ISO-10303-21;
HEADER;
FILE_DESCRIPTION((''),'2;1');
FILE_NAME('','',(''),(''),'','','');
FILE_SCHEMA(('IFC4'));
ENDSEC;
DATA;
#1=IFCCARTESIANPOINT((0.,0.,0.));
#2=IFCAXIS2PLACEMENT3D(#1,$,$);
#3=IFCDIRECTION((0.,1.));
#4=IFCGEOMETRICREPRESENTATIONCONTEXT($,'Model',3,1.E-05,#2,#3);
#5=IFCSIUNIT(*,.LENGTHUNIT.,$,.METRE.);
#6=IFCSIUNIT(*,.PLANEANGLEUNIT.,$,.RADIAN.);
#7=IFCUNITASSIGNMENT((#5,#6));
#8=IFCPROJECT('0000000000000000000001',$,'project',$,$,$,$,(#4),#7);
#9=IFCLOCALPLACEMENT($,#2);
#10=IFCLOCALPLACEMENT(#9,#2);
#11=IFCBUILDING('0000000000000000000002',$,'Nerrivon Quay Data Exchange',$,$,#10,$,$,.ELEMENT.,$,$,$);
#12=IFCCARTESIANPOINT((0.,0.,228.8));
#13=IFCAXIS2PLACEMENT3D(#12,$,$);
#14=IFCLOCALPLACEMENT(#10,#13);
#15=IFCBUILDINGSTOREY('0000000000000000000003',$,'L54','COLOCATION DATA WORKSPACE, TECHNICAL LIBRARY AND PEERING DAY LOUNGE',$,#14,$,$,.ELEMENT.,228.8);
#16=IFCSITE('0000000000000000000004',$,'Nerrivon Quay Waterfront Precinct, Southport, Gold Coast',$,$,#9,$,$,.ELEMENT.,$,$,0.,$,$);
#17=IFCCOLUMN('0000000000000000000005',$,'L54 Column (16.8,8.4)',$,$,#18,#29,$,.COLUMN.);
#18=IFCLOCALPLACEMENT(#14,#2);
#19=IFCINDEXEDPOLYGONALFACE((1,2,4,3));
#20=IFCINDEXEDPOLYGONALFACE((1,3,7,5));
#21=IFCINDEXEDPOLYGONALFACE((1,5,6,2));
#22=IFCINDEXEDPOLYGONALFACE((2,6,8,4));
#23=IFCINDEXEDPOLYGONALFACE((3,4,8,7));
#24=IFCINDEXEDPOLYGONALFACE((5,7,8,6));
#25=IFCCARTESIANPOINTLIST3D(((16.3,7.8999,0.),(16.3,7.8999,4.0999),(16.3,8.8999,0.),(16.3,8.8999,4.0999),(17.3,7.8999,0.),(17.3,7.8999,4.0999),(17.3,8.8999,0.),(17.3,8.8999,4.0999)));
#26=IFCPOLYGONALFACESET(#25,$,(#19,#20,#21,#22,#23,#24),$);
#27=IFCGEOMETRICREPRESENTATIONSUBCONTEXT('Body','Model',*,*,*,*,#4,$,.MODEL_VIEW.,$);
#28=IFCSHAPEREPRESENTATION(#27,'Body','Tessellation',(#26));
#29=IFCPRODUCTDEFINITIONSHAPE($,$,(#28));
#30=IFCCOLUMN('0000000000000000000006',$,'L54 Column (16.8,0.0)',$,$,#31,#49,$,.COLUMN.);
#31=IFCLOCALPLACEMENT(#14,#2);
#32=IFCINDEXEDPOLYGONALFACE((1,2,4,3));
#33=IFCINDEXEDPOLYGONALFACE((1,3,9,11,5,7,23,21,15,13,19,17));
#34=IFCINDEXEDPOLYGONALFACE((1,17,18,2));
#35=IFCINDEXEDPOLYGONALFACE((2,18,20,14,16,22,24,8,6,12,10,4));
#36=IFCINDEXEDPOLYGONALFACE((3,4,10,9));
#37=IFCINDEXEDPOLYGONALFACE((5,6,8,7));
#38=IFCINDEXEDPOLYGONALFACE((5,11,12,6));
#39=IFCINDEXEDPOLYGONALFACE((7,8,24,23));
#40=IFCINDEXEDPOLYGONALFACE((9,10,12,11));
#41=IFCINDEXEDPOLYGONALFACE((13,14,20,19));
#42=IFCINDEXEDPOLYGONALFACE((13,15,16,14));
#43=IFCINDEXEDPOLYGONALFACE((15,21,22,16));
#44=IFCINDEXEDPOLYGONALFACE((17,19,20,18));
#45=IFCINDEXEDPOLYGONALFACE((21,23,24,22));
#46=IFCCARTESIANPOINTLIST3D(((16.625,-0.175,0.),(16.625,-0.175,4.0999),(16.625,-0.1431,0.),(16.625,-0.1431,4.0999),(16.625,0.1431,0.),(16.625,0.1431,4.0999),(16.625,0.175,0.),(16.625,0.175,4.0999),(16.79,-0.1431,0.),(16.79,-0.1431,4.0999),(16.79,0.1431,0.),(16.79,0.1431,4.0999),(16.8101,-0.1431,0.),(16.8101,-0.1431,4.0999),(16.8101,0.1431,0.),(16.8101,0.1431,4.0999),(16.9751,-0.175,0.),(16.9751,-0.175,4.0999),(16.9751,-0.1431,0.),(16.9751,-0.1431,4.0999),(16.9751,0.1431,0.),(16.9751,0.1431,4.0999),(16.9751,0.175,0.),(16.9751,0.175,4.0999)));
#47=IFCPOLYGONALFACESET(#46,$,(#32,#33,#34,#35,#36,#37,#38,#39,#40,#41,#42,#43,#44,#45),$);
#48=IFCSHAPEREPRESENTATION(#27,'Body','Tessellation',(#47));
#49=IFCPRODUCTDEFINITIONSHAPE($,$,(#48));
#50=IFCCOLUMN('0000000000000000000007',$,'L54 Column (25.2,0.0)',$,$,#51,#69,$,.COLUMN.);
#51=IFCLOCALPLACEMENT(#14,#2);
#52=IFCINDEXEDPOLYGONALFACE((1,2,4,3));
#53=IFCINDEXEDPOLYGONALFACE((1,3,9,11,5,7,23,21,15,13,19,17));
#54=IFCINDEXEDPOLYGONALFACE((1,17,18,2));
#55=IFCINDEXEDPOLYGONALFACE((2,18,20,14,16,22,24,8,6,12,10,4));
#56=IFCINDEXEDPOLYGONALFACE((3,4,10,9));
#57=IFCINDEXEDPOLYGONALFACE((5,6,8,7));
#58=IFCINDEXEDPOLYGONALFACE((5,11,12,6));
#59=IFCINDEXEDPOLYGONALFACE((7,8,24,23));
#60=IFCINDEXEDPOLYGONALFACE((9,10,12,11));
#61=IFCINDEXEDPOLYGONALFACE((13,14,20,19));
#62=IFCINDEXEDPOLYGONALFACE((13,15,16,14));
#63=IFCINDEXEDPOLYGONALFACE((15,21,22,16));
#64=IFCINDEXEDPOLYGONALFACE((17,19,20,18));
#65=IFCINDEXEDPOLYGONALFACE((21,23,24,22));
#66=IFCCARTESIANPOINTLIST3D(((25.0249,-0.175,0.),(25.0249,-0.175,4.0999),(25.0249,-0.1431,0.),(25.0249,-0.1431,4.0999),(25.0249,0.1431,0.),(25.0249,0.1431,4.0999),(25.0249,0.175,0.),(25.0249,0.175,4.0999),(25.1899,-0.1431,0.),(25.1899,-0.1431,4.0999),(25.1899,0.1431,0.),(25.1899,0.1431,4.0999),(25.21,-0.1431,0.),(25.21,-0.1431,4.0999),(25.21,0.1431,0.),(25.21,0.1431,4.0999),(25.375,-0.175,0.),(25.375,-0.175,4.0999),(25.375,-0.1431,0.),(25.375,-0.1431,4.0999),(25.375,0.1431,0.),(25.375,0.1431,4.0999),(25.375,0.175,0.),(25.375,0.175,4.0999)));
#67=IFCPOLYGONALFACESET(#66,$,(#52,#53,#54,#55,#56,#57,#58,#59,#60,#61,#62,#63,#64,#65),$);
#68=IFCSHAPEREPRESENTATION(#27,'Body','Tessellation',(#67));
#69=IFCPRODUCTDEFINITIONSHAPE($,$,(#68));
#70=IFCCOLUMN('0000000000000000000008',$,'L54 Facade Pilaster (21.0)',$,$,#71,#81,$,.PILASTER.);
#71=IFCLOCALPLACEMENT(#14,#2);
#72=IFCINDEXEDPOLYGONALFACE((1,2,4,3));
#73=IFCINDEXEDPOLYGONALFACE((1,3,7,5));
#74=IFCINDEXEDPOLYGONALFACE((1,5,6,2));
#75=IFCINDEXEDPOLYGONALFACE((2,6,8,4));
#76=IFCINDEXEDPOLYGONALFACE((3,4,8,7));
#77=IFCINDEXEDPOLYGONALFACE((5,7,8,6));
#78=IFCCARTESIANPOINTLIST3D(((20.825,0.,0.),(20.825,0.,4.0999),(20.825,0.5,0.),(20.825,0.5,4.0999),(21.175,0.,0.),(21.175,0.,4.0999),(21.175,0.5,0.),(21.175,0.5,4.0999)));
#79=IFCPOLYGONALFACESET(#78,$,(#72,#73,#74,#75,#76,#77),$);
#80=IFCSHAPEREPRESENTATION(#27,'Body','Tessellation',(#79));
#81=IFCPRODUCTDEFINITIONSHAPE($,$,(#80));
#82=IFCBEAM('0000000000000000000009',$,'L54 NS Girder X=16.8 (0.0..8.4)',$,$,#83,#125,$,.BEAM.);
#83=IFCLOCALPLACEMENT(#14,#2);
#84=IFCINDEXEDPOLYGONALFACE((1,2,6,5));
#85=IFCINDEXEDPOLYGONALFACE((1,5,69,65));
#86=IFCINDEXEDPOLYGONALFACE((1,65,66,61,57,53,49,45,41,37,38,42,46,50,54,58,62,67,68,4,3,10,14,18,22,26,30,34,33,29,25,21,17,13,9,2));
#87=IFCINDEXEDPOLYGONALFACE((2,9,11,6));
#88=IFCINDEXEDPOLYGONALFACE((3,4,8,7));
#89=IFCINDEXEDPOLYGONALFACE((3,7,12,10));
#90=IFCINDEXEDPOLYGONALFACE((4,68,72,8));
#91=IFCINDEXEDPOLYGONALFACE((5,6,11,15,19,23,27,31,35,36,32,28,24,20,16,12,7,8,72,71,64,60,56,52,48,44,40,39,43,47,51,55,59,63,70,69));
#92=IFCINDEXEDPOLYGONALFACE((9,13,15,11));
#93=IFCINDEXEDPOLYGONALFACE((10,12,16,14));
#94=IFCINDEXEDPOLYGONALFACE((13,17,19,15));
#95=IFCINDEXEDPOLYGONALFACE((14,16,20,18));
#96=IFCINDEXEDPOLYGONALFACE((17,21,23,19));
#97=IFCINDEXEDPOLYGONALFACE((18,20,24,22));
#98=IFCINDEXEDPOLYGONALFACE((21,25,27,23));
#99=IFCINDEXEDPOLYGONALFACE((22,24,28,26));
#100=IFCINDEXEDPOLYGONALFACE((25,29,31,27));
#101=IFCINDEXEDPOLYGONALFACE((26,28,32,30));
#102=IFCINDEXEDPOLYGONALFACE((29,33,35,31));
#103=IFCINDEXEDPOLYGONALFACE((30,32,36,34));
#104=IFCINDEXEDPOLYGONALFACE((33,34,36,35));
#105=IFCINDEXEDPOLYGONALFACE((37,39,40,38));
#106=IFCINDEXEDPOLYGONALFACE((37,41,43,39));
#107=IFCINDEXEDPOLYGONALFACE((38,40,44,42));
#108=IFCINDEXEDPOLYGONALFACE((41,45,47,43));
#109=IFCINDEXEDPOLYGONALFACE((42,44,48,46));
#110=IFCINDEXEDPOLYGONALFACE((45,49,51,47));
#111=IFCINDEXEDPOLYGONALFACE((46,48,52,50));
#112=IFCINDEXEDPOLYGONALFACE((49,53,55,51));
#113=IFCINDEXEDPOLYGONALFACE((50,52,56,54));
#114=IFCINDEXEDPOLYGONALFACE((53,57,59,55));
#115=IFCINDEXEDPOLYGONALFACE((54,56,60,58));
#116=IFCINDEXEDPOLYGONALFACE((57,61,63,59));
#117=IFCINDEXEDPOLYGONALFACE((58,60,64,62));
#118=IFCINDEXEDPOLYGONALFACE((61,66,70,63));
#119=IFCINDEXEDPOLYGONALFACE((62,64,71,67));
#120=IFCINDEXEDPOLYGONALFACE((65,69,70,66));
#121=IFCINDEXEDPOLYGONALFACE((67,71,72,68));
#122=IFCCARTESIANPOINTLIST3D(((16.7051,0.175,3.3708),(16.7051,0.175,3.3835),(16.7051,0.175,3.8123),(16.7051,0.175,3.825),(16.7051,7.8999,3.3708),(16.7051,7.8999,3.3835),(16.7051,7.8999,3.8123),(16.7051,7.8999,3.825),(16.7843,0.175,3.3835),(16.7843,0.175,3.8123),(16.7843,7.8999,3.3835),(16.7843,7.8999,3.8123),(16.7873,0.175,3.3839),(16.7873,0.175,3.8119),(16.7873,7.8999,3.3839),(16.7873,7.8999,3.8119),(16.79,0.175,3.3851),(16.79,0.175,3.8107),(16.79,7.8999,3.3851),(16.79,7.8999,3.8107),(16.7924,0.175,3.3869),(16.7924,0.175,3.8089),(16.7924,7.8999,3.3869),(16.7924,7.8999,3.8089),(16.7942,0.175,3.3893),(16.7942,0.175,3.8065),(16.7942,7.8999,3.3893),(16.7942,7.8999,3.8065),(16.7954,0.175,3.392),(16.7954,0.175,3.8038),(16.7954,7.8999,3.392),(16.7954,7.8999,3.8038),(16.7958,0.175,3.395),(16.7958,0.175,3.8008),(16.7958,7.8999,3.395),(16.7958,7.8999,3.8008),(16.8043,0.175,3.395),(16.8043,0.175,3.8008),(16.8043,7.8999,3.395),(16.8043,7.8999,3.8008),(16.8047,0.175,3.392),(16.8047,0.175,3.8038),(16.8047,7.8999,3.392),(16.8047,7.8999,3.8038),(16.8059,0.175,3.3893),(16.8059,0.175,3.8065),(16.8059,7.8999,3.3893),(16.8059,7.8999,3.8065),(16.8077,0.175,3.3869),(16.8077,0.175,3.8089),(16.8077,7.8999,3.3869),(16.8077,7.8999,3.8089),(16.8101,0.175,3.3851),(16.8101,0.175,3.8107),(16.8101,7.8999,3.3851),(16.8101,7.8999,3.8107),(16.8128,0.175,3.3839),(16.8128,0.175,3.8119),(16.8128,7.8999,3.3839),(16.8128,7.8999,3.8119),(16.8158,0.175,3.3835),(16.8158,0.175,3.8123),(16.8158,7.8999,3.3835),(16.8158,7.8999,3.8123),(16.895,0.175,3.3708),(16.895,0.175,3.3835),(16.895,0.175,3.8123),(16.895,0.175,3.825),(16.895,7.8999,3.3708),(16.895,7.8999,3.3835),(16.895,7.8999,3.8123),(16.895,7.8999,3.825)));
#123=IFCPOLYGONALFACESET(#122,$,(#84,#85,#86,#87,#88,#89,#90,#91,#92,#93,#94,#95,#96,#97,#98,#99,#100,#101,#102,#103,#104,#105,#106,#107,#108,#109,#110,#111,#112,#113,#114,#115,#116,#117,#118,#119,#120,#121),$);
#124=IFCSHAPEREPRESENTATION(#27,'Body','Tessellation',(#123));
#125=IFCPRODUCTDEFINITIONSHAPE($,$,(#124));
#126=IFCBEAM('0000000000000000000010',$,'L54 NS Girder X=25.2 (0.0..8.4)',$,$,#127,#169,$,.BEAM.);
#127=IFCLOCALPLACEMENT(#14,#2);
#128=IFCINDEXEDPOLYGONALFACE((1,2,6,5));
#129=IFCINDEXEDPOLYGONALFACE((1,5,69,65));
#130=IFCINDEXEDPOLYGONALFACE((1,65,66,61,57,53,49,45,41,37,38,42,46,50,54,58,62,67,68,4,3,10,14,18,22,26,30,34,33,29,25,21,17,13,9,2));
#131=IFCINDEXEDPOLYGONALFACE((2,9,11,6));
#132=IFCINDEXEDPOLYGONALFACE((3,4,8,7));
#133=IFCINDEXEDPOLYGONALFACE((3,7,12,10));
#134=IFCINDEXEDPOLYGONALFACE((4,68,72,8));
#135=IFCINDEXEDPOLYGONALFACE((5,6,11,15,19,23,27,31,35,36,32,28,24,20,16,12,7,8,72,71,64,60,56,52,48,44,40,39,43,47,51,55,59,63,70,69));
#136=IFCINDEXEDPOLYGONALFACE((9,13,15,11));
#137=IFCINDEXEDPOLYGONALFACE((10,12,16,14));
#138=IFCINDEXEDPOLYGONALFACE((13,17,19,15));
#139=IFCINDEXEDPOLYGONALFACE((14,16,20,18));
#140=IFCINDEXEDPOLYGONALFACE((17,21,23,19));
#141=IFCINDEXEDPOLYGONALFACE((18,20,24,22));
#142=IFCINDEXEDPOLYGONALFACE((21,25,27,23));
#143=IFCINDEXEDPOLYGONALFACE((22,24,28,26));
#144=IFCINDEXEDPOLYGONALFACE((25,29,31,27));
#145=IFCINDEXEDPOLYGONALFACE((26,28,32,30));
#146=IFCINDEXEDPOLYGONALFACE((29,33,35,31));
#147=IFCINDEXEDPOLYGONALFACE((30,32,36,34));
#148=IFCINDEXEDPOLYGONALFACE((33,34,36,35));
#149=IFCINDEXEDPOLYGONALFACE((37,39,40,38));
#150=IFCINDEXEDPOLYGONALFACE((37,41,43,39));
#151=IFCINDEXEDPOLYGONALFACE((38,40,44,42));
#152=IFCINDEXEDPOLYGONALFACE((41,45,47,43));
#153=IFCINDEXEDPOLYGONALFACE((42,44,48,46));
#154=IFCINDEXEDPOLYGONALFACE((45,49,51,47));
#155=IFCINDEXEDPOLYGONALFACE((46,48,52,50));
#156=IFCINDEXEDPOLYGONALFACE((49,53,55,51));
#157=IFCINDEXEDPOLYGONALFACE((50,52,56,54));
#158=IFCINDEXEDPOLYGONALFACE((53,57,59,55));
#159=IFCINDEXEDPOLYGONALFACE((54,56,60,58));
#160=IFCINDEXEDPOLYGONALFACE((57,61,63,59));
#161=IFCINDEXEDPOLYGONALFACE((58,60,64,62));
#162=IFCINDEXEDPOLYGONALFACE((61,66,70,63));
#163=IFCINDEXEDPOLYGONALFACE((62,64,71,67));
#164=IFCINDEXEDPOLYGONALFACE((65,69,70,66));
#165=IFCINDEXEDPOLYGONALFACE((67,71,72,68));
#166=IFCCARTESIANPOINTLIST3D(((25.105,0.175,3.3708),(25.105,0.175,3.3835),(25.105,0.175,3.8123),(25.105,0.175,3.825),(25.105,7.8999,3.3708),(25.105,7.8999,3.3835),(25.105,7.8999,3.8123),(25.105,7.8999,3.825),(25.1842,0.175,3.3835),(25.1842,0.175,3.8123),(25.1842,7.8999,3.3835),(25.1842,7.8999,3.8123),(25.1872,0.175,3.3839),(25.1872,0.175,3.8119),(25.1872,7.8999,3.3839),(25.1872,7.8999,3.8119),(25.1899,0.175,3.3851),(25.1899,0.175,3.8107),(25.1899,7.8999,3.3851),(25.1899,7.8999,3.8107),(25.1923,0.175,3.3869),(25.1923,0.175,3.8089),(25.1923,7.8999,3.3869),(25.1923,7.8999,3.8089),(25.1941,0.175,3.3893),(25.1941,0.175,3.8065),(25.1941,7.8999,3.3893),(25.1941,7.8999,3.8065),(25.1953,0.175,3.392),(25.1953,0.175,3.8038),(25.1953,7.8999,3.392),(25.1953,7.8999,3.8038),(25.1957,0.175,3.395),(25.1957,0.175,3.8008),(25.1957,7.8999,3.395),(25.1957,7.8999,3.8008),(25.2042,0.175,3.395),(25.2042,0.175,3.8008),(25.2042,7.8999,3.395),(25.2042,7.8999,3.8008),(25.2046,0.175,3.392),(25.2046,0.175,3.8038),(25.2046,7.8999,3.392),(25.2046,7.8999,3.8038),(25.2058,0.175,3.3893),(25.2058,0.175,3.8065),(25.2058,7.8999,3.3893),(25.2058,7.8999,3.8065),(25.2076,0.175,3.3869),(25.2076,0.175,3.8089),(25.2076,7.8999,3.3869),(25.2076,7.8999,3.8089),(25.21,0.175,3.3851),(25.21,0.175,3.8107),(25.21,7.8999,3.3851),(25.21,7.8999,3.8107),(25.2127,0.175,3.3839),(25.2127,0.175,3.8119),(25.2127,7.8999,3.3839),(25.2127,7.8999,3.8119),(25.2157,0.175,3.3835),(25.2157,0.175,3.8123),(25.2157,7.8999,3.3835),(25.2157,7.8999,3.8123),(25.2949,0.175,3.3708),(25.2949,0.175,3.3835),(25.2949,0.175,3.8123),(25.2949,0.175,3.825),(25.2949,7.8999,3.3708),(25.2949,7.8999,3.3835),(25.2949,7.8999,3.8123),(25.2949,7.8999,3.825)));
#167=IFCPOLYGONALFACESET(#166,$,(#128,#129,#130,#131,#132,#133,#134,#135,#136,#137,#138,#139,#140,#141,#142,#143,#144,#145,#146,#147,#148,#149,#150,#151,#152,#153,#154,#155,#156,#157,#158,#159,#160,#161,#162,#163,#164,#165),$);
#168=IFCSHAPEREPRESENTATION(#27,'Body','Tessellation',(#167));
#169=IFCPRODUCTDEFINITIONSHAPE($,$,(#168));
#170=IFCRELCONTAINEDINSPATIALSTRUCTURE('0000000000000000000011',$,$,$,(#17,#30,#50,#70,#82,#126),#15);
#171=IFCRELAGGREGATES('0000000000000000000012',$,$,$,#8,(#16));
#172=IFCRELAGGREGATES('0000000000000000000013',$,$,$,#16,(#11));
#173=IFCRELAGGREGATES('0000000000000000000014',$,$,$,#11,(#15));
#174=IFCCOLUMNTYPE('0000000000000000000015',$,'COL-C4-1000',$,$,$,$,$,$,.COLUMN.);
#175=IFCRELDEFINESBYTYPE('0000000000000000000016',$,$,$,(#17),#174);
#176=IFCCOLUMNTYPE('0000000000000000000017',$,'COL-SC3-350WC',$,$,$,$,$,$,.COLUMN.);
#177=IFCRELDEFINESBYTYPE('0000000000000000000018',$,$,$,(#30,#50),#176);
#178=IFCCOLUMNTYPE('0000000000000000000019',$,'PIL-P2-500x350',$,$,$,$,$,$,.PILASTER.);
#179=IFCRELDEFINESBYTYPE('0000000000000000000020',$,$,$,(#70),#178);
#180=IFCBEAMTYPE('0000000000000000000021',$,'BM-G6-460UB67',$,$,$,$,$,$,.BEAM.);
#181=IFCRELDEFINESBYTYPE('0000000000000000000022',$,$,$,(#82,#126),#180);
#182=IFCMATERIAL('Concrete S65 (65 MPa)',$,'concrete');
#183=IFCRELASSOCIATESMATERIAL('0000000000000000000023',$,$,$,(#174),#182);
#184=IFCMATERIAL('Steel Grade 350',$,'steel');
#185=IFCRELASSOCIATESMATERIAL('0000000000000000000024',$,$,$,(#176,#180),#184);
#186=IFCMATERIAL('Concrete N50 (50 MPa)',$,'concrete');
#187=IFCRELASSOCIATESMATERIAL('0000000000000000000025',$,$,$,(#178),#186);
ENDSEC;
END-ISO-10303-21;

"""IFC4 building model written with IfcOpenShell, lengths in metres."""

from ifc_helpers import new_model, si_unit, direction, frame, origin, origin_2d, place, context, subcontext, project, spatial, rectangle, i_section, extrude, material, material_profile, profile_set, type_object, element, save


model = new_model("IFC4")

# Units and contexts
model_context = context("Model", 3, precision=1e-05, world=origin(), true_north=direction((0.0, 1.0)))
body_context = subcontext(model_context, "Body", "Model", "MODEL_VIEW")
ifc_project = project(units=[si_unit("LENGTHUNIT", "METRE"), si_unit("PLANEANGLEUNIT", "RADIAN")], contexts=[model_context])

# Site, building, storey
site_placement = place(None, origin())
site = spatial("IfcSite", under=ifc_project, at=site_placement, Name="Nerrivon Quay Waterfront Precinct, Southport, Gold Coast", CompositionType="ELEMENT", RefElevation=0.0)
building_placement = place(site_placement, origin())
building = spatial("IfcBuilding", under=site, at=building_placement, Name="Nerrivon Quay Data Exchange", CompositionType="ELEMENT")
storey_placement = place(building_placement, frame((0.0, 0.0, 228.8)))
storey = spatial("IfcBuildingStorey", under=building, at=storey_placement, Name="L54", Description="COLOCATION DATA WORKSPACE, TECHNICAL LIBRARY AND PEERING DAY LOUNGE", CompositionType="ELEMENT", Elevation=228.8)

# Columns
ifc_material_1 = material(Name="Concrete S65 (65 MPa)", Category="concrete")
ifc_material_profile_1 = material_profile(ifc_material_1, rectangle(XDim=1.0, YDim=1.0, at=origin_2d()), Name="RC-COL-1000x1000")
ifc_profile_set_1 = profile_set([ifc_material_profile_1], Name="Concrete S65 (65 MPa)")
column_type_1 = type_object("IfcColumnType", Name="COL-C4-1000", PredefinedType="COLUMN", material=ifc_profile_set_1)
column_1_placement = place(storey_placement, frame((16.8, 8.3999, 0.0), z_axis=(0.0, 0.0, 1.0), x_axis=(1.0, 0.0, 0.0)))
element("IfcColumn", 1, at=column_1_placement, inside=storey, type_object=column_type_1, Name="L54 Column (16.8,8.4)", PredefinedType="COLUMN", context=body_context, shape_type="SweptSolid", body=[
    extrude(rectangle(XDim=1.0, YDim=1.0, at=origin_2d()), origin(), (0.0, 0.0, 1.0), 4.0999),
])
ifc_material_2 = material(Name="Steel Grade 350", Category="steel")
ifc_material_profile_2 = material_profile(ifc_material_2, i_section(OverallWidth=0.3501, OverallDepth=0.3501, WebThickness=0.02, FlangeThickness=0.032, at=origin_2d()), Name="350WC230")
ifc_profile_set_2 = profile_set([ifc_material_profile_2], Name="Steel Grade 350")
column_type_2 = type_object("IfcColumnType", Name="COL-SC3-350WC", PredefinedType="COLUMN", material=ifc_profile_set_2)
for number, where, z_axis, x_axis, name in (
    (2, (16.8, 0.0, 0.0), (0.0, 0.0, 1.0), (1.0, 0.0, 0.0), "L54 Column (16.8,0.0)"),
    (3, (25.2, 0.0, 0.0), (0.0, 0.0, 1.0), (1.0, 0.0, 0.0), "L54 Column (25.2,0.0)"),
):
    element("IfcColumn", number, at=place(storey_placement, frame(where, z_axis=z_axis, x_axis=x_axis)), inside=storey, type_object=column_type_2, Name=name, PredefinedType="COLUMN", context=body_context, shape_type="SweptSolid", body=[
        extrude(i_section(OverallWidth=0.3501, OverallDepth=0.3501, WebThickness=0.02, FlangeThickness=0.032, at=origin_2d()), origin(), (0.0, 0.0, 1.0), 4.0999),
    ])
ifc_material_3 = material(Name="Concrete N50 (50 MPa)", Category="concrete")
ifc_material_profile_3 = material_profile(ifc_material_3, rectangle(XDim=0.3501, YDim=0.5, at=origin_2d()), Name="RC-PIL-500x350")
ifc_profile_set_3 = profile_set([ifc_material_profile_3], Name="Concrete N50 (50 MPa)")
column_type_3 = type_object("IfcColumnType", Name="PIL-P2-500x350", PredefinedType="PILASTER", material=ifc_profile_set_3)
column_2_placement = place(storey_placement, frame((21.0, 0.25, 0.0), z_axis=(0.0, 0.0, 1.0), x_axis=(1.0, 0.0, 0.0)))
element("IfcColumn", 4, at=column_2_placement, inside=storey, type_object=column_type_3, Name="L54 Facade Pilaster (21.0)", PredefinedType="PILASTER", context=body_context, shape_type="SweptSolid", body=[
    extrude(rectangle(XDim=0.3501, YDim=0.5, at=origin_2d()), origin(), (0.0, 0.0, 1.0), 4.0999),
])

# Beams
ifc_material_profile_4 = material_profile(ifc_material_2, i_section(OverallWidth=0.1899, OverallDepth=0.4541, WebThickness=0.0085, FlangeThickness=0.0127, FilletRadius=0.0115, at=origin_2d()), Name="460UB67.1")
ifc_profile_set_4 = profile_set([ifc_material_profile_4], Name="Steel Grade 350")
beam_type_1 = type_object("IfcBeamType", Name="BM-G6-460UB67", PredefinedType="BEAM", material=ifc_profile_set_4)
for number, where, z_axis, x_axis, name in (
    (5, (16.8, 0.175, 3.5979), (0.0, 1.0, 0.0), (-1.0, 0.0, 0.0), "L54 NS Girder X=16.8 (0.0..8.4)"),
    (6, (25.2, 0.175, 3.5979), (0.0, 1.0, 0.0), (-1.0, 0.0, 0.0), "L54 NS Girder X=25.2 (0.0..8.4)"),
):
    element("IfcBeam", number, at=place(storey_placement, frame(where, z_axis=z_axis, x_axis=x_axis)), inside=storey, type_object=beam_type_1, Name=name, PredefinedType="BEAM", context=body_context, shape_type="SweptSolid", body=[
        extrude(i_section(OverallWidth=0.1899, OverallDepth=0.4541, WebThickness=0.0085, FlangeThickness=0.0127, FilletRadius=0.0115, at=origin_2d()), origin(), (0.0, 0.0, 1.0), 7.7249),
    ])

save(model, "model.ifc")
